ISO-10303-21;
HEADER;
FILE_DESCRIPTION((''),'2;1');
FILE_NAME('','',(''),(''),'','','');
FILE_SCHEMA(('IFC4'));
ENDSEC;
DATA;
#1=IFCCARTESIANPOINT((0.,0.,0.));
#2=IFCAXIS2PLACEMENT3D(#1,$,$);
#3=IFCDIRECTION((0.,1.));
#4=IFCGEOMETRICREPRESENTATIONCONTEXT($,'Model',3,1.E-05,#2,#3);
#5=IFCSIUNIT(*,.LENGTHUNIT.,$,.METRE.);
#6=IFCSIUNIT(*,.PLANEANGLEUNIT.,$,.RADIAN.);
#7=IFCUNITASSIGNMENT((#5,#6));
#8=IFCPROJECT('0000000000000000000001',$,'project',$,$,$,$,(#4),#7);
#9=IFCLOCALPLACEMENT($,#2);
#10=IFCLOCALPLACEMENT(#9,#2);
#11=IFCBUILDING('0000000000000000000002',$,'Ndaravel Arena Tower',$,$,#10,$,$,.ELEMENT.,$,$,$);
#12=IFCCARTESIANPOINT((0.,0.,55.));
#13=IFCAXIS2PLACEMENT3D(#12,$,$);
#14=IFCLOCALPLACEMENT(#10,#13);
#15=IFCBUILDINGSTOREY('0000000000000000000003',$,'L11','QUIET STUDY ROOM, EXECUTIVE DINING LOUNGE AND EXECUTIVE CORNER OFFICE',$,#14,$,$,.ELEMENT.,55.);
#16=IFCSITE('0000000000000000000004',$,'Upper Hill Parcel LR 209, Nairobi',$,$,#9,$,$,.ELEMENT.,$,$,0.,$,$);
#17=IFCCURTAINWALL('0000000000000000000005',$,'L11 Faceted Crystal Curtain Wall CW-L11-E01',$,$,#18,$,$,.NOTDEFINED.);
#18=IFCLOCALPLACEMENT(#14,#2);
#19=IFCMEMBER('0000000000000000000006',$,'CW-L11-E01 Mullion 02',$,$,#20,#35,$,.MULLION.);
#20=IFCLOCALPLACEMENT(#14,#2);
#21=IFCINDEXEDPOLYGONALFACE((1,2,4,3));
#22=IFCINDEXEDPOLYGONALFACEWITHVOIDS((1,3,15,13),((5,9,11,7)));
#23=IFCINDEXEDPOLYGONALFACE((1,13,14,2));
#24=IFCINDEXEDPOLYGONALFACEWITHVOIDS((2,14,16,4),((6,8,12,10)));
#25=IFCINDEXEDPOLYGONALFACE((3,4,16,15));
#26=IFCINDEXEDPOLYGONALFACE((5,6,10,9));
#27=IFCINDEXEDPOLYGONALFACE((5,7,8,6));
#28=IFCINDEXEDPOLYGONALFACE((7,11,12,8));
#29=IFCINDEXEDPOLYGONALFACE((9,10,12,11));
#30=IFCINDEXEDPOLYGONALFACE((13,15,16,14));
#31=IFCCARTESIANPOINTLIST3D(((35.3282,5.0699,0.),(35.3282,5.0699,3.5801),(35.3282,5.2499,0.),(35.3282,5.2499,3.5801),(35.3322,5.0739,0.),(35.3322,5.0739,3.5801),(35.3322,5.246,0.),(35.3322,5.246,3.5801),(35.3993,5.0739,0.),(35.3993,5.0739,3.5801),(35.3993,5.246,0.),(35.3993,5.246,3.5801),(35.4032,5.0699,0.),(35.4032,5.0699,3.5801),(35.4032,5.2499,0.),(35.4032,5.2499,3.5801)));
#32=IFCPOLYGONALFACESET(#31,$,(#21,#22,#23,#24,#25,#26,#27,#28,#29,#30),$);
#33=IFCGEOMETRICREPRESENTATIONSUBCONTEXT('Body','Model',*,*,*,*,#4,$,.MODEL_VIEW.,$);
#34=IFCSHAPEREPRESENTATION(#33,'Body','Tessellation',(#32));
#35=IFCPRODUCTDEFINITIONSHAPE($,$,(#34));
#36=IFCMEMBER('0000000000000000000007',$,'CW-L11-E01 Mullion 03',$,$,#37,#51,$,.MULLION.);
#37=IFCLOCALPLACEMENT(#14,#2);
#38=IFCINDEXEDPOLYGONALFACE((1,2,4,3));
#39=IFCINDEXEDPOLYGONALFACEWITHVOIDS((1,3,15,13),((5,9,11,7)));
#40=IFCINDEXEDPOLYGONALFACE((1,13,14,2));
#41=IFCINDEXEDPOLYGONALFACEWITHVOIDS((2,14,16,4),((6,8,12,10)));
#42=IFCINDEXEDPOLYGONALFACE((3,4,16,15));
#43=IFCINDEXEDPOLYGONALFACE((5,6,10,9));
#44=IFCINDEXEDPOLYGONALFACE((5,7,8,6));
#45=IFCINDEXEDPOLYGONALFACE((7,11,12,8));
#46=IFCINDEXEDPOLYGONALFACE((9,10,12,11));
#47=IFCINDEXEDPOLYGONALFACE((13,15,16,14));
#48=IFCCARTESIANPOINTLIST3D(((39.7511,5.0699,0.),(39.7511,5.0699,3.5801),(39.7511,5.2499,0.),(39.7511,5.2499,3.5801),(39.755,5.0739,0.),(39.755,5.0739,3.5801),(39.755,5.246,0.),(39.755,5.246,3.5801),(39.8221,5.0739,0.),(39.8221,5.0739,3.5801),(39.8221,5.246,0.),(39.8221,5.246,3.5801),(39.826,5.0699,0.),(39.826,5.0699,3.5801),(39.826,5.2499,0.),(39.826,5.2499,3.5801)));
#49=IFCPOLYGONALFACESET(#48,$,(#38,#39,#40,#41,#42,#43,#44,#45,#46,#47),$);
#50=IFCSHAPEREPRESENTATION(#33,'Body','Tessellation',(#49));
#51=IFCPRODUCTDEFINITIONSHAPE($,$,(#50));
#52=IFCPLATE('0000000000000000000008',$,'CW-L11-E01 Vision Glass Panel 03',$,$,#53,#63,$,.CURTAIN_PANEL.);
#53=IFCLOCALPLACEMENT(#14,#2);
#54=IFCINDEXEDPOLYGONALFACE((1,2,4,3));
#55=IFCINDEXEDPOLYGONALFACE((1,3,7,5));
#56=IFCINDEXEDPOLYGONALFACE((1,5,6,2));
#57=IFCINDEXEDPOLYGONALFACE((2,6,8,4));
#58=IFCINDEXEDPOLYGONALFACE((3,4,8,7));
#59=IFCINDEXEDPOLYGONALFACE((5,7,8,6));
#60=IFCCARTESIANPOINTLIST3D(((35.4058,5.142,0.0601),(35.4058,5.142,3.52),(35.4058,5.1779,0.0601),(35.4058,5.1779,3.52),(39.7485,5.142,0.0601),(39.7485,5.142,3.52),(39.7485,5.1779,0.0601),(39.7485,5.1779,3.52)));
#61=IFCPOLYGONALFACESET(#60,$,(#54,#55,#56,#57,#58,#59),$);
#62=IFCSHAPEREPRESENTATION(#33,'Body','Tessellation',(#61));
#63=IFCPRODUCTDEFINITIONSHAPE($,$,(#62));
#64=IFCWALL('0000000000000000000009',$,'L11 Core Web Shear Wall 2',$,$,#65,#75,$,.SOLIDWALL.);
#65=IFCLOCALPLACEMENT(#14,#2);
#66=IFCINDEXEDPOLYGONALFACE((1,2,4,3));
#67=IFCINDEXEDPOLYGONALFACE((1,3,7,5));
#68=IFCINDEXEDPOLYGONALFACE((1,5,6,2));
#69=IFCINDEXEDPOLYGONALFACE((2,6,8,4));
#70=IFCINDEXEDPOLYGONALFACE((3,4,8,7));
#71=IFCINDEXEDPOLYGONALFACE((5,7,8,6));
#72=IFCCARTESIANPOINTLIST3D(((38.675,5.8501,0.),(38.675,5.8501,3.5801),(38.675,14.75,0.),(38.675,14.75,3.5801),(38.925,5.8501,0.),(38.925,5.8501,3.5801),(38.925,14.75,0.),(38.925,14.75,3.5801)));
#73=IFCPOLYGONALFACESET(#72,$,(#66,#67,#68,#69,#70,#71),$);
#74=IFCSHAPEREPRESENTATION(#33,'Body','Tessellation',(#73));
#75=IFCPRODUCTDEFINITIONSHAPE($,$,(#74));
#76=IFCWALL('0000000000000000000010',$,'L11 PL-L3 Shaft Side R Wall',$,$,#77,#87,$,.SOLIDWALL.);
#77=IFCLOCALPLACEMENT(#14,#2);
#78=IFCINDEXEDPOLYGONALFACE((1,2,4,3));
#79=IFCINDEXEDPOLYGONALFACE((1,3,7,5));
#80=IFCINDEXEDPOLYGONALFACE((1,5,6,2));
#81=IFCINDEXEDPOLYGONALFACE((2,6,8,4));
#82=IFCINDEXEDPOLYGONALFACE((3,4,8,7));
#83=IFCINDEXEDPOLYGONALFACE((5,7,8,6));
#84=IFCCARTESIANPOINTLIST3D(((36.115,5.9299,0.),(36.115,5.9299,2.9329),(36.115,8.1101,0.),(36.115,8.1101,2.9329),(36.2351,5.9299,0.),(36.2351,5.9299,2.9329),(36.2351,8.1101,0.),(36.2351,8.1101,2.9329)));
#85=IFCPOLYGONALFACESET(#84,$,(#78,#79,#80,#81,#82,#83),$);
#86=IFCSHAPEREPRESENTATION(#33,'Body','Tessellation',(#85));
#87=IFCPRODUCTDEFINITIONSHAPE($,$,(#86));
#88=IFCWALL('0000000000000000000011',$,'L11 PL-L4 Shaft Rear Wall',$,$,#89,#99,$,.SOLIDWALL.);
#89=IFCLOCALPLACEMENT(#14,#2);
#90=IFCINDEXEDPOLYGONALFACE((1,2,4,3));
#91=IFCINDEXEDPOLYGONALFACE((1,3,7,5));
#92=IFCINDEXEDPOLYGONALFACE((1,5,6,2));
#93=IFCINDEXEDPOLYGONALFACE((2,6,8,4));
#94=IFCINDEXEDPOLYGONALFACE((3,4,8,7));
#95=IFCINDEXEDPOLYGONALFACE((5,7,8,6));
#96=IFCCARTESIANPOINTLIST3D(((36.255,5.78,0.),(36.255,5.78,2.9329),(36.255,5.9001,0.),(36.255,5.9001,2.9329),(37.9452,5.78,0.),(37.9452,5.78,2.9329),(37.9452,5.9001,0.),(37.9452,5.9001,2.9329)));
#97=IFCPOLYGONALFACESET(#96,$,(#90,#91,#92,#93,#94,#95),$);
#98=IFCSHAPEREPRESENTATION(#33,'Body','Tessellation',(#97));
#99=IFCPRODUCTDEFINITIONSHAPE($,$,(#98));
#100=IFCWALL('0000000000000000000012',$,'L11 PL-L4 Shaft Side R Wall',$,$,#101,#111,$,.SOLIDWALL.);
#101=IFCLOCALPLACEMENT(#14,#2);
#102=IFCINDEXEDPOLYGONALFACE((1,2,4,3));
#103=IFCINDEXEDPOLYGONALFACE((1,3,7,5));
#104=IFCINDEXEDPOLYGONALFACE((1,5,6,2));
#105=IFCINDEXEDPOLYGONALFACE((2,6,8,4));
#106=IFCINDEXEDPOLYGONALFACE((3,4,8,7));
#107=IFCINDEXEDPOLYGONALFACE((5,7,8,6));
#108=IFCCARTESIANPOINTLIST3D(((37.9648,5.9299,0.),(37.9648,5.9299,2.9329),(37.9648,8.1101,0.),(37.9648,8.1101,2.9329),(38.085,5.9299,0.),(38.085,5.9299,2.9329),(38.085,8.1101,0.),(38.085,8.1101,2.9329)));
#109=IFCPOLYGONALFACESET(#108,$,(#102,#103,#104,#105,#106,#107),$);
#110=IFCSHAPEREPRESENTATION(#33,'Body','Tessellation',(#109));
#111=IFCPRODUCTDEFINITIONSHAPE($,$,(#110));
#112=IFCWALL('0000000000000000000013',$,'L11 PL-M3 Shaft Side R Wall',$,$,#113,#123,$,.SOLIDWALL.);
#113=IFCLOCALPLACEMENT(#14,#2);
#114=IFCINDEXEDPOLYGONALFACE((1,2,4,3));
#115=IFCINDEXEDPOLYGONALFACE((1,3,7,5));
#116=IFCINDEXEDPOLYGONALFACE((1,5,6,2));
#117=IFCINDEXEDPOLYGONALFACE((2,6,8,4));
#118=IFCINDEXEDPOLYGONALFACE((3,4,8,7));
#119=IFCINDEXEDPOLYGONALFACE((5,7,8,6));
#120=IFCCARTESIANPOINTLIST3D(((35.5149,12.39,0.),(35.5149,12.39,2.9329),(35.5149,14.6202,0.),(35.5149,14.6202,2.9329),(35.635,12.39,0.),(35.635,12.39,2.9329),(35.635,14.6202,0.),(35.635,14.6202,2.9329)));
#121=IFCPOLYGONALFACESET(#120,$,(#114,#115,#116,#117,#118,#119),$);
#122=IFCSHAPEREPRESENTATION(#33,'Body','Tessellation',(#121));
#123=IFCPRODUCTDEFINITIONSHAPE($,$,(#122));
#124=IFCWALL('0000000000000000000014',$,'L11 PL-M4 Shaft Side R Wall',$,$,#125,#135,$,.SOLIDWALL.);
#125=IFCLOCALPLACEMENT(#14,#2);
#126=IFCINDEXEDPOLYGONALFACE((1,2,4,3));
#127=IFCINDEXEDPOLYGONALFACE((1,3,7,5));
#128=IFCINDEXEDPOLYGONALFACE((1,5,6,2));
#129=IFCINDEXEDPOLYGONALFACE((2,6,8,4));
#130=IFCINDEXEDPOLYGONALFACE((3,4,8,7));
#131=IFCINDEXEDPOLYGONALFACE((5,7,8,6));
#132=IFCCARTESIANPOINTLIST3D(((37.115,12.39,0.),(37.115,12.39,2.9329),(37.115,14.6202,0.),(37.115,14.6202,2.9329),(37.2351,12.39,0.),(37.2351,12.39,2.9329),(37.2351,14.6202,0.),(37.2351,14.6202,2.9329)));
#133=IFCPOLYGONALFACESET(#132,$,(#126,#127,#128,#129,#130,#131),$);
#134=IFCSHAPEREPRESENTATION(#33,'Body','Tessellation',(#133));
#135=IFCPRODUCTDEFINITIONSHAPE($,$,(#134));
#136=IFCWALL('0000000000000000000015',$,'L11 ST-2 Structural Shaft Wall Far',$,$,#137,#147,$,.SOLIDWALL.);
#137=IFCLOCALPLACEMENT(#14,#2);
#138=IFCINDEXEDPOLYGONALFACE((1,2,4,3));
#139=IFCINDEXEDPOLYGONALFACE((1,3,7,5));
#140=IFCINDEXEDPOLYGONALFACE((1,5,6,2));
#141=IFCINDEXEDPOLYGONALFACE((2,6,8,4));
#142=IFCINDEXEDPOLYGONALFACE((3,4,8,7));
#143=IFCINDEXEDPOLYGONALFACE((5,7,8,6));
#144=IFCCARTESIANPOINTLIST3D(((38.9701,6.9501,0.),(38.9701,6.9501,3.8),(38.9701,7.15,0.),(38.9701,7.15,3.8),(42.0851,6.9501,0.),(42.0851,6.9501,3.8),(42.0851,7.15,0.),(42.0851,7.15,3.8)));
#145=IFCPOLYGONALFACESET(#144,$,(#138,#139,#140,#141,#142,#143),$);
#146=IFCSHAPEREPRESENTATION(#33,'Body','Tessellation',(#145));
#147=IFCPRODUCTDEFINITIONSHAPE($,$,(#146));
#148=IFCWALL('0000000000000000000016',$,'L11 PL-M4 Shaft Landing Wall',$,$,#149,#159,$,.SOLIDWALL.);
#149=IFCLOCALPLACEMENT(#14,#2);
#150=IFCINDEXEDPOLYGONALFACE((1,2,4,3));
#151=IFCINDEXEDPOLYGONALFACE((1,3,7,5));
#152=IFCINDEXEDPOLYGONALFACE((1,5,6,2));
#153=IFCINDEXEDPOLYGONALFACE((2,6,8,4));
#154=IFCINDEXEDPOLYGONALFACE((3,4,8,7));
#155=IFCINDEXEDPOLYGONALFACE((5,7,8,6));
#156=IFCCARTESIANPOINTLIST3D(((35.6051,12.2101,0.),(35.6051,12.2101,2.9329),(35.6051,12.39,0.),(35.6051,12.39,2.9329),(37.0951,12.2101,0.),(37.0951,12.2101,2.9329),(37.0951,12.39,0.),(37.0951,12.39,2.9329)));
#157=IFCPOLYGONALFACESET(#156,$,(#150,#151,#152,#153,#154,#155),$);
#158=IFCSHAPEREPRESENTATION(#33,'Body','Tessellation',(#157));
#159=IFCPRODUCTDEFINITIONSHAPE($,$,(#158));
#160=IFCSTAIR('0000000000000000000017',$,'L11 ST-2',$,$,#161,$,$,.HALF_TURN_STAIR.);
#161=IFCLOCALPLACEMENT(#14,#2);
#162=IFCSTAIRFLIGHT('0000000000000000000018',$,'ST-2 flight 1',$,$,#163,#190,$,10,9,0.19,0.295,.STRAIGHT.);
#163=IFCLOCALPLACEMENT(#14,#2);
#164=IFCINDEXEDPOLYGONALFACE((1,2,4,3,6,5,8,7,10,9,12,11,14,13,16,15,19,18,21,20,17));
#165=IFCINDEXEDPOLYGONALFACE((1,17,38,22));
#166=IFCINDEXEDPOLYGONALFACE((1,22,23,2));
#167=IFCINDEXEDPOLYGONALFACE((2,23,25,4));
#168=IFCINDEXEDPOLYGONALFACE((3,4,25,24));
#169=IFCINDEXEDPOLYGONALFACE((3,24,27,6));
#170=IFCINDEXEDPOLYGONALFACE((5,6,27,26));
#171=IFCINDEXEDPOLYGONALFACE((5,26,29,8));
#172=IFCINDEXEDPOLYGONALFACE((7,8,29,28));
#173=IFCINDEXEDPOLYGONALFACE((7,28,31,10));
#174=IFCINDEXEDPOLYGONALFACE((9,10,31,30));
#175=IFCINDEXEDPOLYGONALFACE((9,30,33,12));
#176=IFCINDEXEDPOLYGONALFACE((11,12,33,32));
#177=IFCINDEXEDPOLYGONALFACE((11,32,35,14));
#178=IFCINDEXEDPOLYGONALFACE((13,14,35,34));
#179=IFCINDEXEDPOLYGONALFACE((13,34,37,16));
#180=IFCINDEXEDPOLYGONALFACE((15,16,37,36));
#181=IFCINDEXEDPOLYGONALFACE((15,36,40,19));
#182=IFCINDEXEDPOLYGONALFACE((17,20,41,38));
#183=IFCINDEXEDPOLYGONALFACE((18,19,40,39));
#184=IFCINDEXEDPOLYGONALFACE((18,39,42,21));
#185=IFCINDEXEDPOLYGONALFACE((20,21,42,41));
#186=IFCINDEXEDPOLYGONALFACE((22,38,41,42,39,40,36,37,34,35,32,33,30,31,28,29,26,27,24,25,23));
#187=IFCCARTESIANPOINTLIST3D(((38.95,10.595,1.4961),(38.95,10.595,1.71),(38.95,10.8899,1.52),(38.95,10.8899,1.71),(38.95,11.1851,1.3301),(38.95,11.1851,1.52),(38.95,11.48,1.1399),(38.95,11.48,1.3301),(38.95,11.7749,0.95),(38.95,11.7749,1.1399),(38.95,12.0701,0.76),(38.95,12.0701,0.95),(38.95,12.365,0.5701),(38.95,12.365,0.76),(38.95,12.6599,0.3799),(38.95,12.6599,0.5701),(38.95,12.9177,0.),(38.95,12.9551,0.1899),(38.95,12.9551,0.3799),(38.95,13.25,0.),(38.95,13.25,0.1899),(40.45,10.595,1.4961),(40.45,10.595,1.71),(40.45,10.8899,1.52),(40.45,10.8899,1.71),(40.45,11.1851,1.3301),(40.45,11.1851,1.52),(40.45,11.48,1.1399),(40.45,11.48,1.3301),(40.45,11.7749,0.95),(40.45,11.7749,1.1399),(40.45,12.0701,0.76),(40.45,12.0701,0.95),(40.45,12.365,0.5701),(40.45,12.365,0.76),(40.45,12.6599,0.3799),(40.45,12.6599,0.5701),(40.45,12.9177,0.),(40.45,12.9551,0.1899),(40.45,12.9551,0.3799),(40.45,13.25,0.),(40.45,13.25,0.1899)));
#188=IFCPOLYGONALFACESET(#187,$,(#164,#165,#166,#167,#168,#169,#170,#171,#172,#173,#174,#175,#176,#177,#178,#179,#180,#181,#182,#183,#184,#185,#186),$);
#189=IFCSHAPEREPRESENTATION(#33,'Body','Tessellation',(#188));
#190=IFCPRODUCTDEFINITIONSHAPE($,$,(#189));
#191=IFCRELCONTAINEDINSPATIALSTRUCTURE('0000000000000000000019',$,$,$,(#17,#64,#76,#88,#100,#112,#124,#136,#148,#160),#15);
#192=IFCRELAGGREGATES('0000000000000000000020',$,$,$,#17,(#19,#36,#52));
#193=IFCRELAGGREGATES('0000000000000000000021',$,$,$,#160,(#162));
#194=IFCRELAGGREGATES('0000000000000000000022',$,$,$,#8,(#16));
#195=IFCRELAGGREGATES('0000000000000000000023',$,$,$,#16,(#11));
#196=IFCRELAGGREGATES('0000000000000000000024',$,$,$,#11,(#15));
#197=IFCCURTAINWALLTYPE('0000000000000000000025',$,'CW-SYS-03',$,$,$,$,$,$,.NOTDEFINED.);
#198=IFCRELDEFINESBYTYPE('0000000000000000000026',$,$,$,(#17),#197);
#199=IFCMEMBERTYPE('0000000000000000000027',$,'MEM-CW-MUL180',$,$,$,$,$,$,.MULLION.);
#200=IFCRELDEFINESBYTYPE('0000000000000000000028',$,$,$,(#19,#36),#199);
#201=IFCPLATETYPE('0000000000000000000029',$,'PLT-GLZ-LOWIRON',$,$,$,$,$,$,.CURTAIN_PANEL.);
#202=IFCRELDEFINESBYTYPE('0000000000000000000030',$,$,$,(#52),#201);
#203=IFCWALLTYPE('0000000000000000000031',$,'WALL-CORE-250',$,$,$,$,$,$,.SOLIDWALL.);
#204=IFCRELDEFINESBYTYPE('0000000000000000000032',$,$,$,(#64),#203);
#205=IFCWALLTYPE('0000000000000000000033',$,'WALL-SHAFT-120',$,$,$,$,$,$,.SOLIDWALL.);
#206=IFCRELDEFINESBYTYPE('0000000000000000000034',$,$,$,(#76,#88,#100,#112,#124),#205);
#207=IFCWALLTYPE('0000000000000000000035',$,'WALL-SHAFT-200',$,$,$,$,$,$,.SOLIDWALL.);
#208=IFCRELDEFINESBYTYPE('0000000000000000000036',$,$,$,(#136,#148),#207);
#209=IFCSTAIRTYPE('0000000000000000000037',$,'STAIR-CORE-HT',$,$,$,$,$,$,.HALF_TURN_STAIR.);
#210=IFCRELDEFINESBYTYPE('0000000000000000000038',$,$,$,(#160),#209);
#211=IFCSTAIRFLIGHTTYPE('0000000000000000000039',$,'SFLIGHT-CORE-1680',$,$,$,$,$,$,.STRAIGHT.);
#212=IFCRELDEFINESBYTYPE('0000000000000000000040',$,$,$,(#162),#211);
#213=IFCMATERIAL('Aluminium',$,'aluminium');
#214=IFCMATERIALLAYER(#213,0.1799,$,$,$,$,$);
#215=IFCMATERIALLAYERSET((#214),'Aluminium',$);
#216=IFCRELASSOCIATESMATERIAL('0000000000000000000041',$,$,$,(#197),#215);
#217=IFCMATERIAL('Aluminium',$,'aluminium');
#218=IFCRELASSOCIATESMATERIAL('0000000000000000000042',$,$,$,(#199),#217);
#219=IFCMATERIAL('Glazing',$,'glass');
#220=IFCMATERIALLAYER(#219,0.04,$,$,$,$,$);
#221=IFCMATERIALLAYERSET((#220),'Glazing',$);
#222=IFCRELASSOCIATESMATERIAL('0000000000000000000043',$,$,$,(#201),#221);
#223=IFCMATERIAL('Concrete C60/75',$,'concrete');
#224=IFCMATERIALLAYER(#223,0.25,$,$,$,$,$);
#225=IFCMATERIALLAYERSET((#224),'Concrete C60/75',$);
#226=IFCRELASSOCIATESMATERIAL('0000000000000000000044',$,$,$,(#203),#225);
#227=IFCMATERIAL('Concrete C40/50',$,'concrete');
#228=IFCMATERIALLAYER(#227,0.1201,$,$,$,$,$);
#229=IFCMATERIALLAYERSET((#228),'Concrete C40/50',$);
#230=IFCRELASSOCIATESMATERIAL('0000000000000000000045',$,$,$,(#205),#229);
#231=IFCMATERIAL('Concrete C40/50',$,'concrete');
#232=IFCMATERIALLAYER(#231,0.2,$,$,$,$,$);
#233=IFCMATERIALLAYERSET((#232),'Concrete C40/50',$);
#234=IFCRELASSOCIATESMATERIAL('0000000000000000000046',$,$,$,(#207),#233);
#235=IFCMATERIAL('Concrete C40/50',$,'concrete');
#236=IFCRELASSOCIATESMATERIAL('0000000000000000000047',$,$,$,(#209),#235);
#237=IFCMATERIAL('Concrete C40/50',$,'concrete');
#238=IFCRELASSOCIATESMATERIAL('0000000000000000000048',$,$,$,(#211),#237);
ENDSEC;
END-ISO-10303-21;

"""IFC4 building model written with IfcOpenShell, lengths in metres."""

from ifc_helpers import new_model, si_unit, direction, frame, frame_2d, origin, origin_2d, place, context, subcontext, project, spatial, polyline, rectangle, hollow_rectangle, outline, extrude, material, layer, layer_set, material_profile, profile_set, type_object, element, aggregate, save


model = new_model("IFC4")

# Units and contexts
model_context = context("Model", 3, precision=1e-05, world=origin(), true_north=direction((0.0, 1.0)))
body_context = subcontext(model_context, "Body", "Model", "MODEL_VIEW")
ifc_project = project(units=[si_unit("LENGTHUNIT", "METRE"), si_unit("PLANEANGLEUNIT", "RADIAN")], contexts=[model_context])

# Site, building, storey
site_placement = place(None, origin())
site = spatial("IfcSite", under=ifc_project, at=site_placement, Name="Upper Hill Parcel LR 209, Nairobi", CompositionType="ELEMENT", RefElevation=0.0)
building_placement = place(site_placement, origin())
building = spatial("IfcBuilding", under=site, at=building_placement, Name="Ndaravel Arena Tower", CompositionType="ELEMENT")
storey_placement = place(building_placement, frame((0.0, 0.0, 55.0)))
storey = spatial("IfcBuildingStorey", under=building, at=storey_placement, Name="L11", Description="QUIET STUDY ROOM, EXECUTIVE DINING LOUNGE AND EXECUTIVE CORNER OFFICE", CompositionType="ELEMENT", Elevation=55.0)

# Curtain wall, members, plate
ifc_material_1 = material(Name="Aluminium", Category="aluminium")
ifc_layer_1 = layer(ifc_material_1, 0.1799)
ifc_layer_set_1 = layer_set([ifc_layer_1], Name="Aluminium")
curtain_wall_type = type_object("IfcCurtainWallType", Name="CW-SYS-03", PredefinedType="NOTDEFINED", material=ifc_layer_set_1)
curtain_wall_placement = place(storey_placement, origin())
curtain_wall = element("IfcCurtainWall", 1, at=curtain_wall_placement, inside=storey, type_object=curtain_wall_type, Name="L11 Faceted Crystal Curtain Wall CW-L11-E01", PredefinedType="NOTDEFINED")
ifc_material_2 = material(Name="Aluminium", Category="aluminium")
ifc_material_profile = material_profile(ifc_material_2, hollow_rectangle(XDim=0.075, YDim=0.1799, WallThickness=0.0039, at=origin_2d()), Name="CW MULLION 75x180x4")
ifc_profile_set = profile_set([ifc_material_profile], Name="Aluminium")
member_type = type_object("IfcMemberType", Name="MEM-CW-MUL180", PredefinedType="MULLION", material=ifc_profile_set)
member_1_placement = place(storey_placement, frame((35.3657, 5.1599, 0.0), z_axis=(0.0, 0.0, 1.0), x_axis=(1.0, 0.0, 0.0)))
member_1 = element("IfcMember", 2, at=member_1_placement, type_object=member_type, Name="CW-L11-E01 Mullion 02", PredefinedType="MULLION", context=body_context, shape_type="SweptSolid", body=[
    extrude(hollow_rectangle(XDim=0.075, YDim=0.1799, WallThickness=0.0039, at=origin_2d()), origin(), (0.0, 0.0, 1.0), 3.5801),
])
member_2_placement = place(storey_placement, frame((39.7886, 5.1599, 0.0), z_axis=(0.0, 0.0, 1.0), x_axis=(1.0, 0.0, 0.0)))
member_2 = element("IfcMember", 3, at=member_2_placement, type_object=member_type, Name="CW-L11-E01 Mullion 03", PredefinedType="MULLION", context=body_context, shape_type="SweptSolid", body=[
    extrude(hollow_rectangle(XDim=0.075, YDim=0.1799, WallThickness=0.0039, at=origin_2d()), origin(), (0.0, 0.0, 1.0), 3.5801),
])
ifc_material_3 = material(Name="Glazing", Category="glass")
ifc_layer_2 = layer(ifc_material_3, 0.04)
ifc_layer_set_2 = layer_set([ifc_layer_2], Name="Glazing")
plate_type = type_object("IfcPlateType", Name="PLT-GLZ-LOWIRON", PredefinedType="CURTAIN_PANEL", material=ifc_layer_set_2)
plate_placement = place(storey_placement, frame((37.5771, 5.1599, 0.0601), z_axis=(0.0, 0.0, 1.0), x_axis=(1.0, 0.0, 0.0)))
plate = element("IfcPlate", 4, at=plate_placement, type_object=plate_type, Name="CW-L11-E01 Vision Glass Panel 03", PredefinedType="CURTAIN_PANEL", context=body_context, shape_type="SweptSolid", body=[
    extrude(rectangle(XDim=4.3428, YDim=0.0359, at=origin_2d()), origin(), (0.0, 0.0, 1.0), 3.46),
])
aggregate(curtain_wall, [member_1, member_2, plate])

# Walls
ifc_material_4 = material(Name="Concrete C60/75", Category="concrete")
ifc_layer_3 = layer(ifc_material_4, 0.25)
ifc_layer_set_3 = layer_set([ifc_layer_3], Name="Concrete C60/75")
wall_type_1 = type_object("IfcWallType", Name="WALL-CORE-250", PredefinedType="SOLIDWALL", material=ifc_layer_set_3)
wall_1_placement = place(storey_placement, frame((38.8, 5.8501, 0.0), z_axis=(0.0, 0.0, 1.0), x_axis=(0.0, 1.0, 0.0)))
element("IfcWall", 5, at=wall_1_placement, inside=storey, type_object=wall_type_1, Name="L11 Core Web Shear Wall 2", PredefinedType="SOLIDWALL", context=body_context, shape_type="SweptSolid", body=[
    extrude(rectangle(XDim=8.8999, YDim=0.25, at=frame_2d((4.45, 0.0))), origin(), (0.0, 0.0, 1.0), 3.5801),
])
ifc_material_5 = material(Name="Concrete C40/50", Category="concrete")
ifc_layer_4 = layer(ifc_material_5, 0.1201)
ifc_layer_set_4 = layer_set([ifc_layer_4], Name="Concrete C40/50")
wall_type_2 = type_object("IfcWallType", Name="WALL-SHAFT-120", PredefinedType="SOLIDWALL", material=ifc_layer_set_4)
wall_2_placement = place(storey_placement, frame((36.175, 5.9299, 0.0), z_axis=(0.0, 0.0, 1.0), x_axis=(0.0, 1.0, 0.0)))
element("IfcWall", 6, at=wall_2_placement, inside=storey, type_object=wall_type_2, Name="L11 PL-L3 Shaft Side R Wall", PredefinedType="SOLIDWALL", context=body_context, shape_type="SweptSolid", body=[
    extrude(rectangle(XDim=2.1802, YDim=0.1201, at=frame_2d((1.0901, 0.0))), origin(), (0.0, 0.0, 1.0), 2.9329),
])
wall_3_placement = place(storey_placement, frame((36.2549, 5.8401, 0.0), z_axis=(0.0, 0.0, 1.0), x_axis=(1.0, 0.0, 0.0)))
element("IfcWall", 7, at=wall_3_placement, inside=storey, type_object=wall_type_2, Name="L11 PL-L4 Shaft Rear Wall", PredefinedType="SOLIDWALL", context=body_context, shape_type="SweptSolid", body=[
    extrude(rectangle(XDim=1.6902, YDim=0.1201, at=frame_2d((0.8452, 0.0))), origin(), (0.0, 0.0, 1.0), 2.9329),
])
wall_4_placement = place(storey_placement, frame((38.0249, 5.9299, 0.0), z_axis=(0.0, 0.0, 1.0), x_axis=(0.0, 1.0, 0.0)))
element("IfcWall", 8, at=wall_4_placement, inside=storey, type_object=wall_type_2, Name="L11 PL-L4 Shaft Side R Wall", PredefinedType="SOLIDWALL", context=body_context, shape_type="SweptSolid", body=[
    extrude(rectangle(XDim=2.1802, YDim=0.1201, at=frame_2d((1.0901, 0.0))), origin(), (0.0, 0.0, 1.0), 2.9329),
])
for number, where, z_axis, x_axis, name in (
    (9, (35.575, 12.3899, 0.0), (0.0, 0.0, 1.0), (0.0, 1.0, 0.0), "L11 PL-M3 Shaft Side R Wall"),
    (10, (37.175, 12.3899, 0.0), (0.0, 0.0, 1.0), (0.0, 1.0, 0.0), "L11 PL-M4 Shaft Side R Wall"),
):
    element("IfcWall", number, at=place(storey_placement, frame(where, z_axis=z_axis, x_axis=x_axis)), inside=storey, type_object=wall_type_2, Name=name, PredefinedType="SOLIDWALL", context=body_context, shape_type="SweptSolid", body=[
        extrude(rectangle(XDim=2.2302, YDim=0.1201, at=frame_2d((1.1152, 0.0))), origin(), (0.0, 0.0, 1.0), 2.9329),
    ])
ifc_material_6 = material(Name="Concrete C40/50", Category="concrete")
ifc_layer_5 = layer(ifc_material_6, 0.2)
ifc_layer_set_5 = layer_set([ifc_layer_5], Name="Concrete C40/50")
wall_type_3 = type_object("IfcWallType", Name="WALL-SHAFT-200", PredefinedType="SOLIDWALL", material=ifc_layer_set_5)
wall_5_placement = place(storey_placement, frame((38.97, 7.05, 0.0), z_axis=(0.0, 0.0, 1.0), x_axis=(1.0, 0.0, 0.0)))
element("IfcWall", 11, at=wall_5_placement, inside=storey, type_object=wall_type_3, Name="L11 ST-2 Structural Shaft Wall Far", PredefinedType="SOLIDWALL", context=body_context, shape_type="SweptSolid", body=[
    extrude(rectangle(XDim=3.115, YDim=0.2, at=frame_2d((1.5576, 0.0))), origin(), (0.0, 0.0, 1.0), 3.8),
])

# Wall
wall_6_placement = place(storey_placement, frame((35.605, 12.3, 0.0), z_axis=(0.0, 0.0, 1.0), x_axis=(1.0, 0.0, 0.0)))
element("IfcWall", 12, at=wall_6_placement, inside=storey, type_object=wall_type_3, Name="L11 PL-M4 Shaft Landing Wall", PredefinedType="SOLIDWALL", context=body_context, shape_type="SweptSolid", body=[
    extrude(rectangle(XDim=1.49, YDim=0.1799, at=frame_2d((0.7451, 0.0))), origin(), (0.0, 0.0, 1.0), 2.9329),
])

# Stair, stair flight
ifc_material_7 = material(Name="Concrete C40/50", Category="concrete")
stair_type = type_object("IfcStairType", Name="STAIR-CORE-HT", PredefinedType="HALF_TURN_STAIR", material=ifc_material_7)
stair_placement = place(storey_placement, origin())
stair = element("IfcStair", 13, at=stair_placement, inside=storey, type_object=stair_type, Name="L11 ST-2", PredefinedType="HALF_TURN_STAIR")
ifc_material_8 = material(Name="Concrete C40/50", Category="concrete")
stair_flight_type = type_object("IfcStairFlightType", Name="SFLIGHT-CORE-1680", PredefinedType="STRAIGHT", material=ifc_material_8)
stair_flight_placement = place(storey_placement, frame((39.7, 13.25, 0.0), z_axis=(0.0, 0.0, 1.0), x_axis=(0.0, -1.0, 0.0)))
stair_flight = element("IfcStairFlight", 14, at=stair_flight_placement, type_object=stair_flight_type, Name="ST-2 flight 1", NumberOfRisers=10, NumberOfTreads=9, PredefinedType="STRAIGHT", RiserHeight=0.19, TreadLength=0.295, context=body_context, shape_type="SweptSolid", body=[
    extrude(outline(polyline([(0.0, 0.0), (0.0, 0.1899), (0.2949, 0.1899), (0.2949, 0.3799), (0.5901, 0.3799), (0.5901, 0.5701), (0.885, 0.5701), (0.885, 0.76), (1.1799, 0.76), (1.1799, 0.95), (1.4751, 0.95), (1.4751, 1.1399), (1.77, 1.1399), (1.77, 1.3301), (2.0649, 1.3301), (2.0649, 1.52), (2.3601, 1.52), (2.3601, 1.71), (2.655, 1.71), (2.655, 1.8999), (2.655, 1.4961), (0.3323, 0.0), (0.0, 0.0)])), frame((0.0, 0.75, 0.0), z_axis=(0.0, -1.0, 0.0), x_axis=(1.0, 0.0, 0.0)), (0.0, 0.0, 1.0), 1.5),
])
aggregate(stair, [stair_flight])

save(model, "model.ifc")
